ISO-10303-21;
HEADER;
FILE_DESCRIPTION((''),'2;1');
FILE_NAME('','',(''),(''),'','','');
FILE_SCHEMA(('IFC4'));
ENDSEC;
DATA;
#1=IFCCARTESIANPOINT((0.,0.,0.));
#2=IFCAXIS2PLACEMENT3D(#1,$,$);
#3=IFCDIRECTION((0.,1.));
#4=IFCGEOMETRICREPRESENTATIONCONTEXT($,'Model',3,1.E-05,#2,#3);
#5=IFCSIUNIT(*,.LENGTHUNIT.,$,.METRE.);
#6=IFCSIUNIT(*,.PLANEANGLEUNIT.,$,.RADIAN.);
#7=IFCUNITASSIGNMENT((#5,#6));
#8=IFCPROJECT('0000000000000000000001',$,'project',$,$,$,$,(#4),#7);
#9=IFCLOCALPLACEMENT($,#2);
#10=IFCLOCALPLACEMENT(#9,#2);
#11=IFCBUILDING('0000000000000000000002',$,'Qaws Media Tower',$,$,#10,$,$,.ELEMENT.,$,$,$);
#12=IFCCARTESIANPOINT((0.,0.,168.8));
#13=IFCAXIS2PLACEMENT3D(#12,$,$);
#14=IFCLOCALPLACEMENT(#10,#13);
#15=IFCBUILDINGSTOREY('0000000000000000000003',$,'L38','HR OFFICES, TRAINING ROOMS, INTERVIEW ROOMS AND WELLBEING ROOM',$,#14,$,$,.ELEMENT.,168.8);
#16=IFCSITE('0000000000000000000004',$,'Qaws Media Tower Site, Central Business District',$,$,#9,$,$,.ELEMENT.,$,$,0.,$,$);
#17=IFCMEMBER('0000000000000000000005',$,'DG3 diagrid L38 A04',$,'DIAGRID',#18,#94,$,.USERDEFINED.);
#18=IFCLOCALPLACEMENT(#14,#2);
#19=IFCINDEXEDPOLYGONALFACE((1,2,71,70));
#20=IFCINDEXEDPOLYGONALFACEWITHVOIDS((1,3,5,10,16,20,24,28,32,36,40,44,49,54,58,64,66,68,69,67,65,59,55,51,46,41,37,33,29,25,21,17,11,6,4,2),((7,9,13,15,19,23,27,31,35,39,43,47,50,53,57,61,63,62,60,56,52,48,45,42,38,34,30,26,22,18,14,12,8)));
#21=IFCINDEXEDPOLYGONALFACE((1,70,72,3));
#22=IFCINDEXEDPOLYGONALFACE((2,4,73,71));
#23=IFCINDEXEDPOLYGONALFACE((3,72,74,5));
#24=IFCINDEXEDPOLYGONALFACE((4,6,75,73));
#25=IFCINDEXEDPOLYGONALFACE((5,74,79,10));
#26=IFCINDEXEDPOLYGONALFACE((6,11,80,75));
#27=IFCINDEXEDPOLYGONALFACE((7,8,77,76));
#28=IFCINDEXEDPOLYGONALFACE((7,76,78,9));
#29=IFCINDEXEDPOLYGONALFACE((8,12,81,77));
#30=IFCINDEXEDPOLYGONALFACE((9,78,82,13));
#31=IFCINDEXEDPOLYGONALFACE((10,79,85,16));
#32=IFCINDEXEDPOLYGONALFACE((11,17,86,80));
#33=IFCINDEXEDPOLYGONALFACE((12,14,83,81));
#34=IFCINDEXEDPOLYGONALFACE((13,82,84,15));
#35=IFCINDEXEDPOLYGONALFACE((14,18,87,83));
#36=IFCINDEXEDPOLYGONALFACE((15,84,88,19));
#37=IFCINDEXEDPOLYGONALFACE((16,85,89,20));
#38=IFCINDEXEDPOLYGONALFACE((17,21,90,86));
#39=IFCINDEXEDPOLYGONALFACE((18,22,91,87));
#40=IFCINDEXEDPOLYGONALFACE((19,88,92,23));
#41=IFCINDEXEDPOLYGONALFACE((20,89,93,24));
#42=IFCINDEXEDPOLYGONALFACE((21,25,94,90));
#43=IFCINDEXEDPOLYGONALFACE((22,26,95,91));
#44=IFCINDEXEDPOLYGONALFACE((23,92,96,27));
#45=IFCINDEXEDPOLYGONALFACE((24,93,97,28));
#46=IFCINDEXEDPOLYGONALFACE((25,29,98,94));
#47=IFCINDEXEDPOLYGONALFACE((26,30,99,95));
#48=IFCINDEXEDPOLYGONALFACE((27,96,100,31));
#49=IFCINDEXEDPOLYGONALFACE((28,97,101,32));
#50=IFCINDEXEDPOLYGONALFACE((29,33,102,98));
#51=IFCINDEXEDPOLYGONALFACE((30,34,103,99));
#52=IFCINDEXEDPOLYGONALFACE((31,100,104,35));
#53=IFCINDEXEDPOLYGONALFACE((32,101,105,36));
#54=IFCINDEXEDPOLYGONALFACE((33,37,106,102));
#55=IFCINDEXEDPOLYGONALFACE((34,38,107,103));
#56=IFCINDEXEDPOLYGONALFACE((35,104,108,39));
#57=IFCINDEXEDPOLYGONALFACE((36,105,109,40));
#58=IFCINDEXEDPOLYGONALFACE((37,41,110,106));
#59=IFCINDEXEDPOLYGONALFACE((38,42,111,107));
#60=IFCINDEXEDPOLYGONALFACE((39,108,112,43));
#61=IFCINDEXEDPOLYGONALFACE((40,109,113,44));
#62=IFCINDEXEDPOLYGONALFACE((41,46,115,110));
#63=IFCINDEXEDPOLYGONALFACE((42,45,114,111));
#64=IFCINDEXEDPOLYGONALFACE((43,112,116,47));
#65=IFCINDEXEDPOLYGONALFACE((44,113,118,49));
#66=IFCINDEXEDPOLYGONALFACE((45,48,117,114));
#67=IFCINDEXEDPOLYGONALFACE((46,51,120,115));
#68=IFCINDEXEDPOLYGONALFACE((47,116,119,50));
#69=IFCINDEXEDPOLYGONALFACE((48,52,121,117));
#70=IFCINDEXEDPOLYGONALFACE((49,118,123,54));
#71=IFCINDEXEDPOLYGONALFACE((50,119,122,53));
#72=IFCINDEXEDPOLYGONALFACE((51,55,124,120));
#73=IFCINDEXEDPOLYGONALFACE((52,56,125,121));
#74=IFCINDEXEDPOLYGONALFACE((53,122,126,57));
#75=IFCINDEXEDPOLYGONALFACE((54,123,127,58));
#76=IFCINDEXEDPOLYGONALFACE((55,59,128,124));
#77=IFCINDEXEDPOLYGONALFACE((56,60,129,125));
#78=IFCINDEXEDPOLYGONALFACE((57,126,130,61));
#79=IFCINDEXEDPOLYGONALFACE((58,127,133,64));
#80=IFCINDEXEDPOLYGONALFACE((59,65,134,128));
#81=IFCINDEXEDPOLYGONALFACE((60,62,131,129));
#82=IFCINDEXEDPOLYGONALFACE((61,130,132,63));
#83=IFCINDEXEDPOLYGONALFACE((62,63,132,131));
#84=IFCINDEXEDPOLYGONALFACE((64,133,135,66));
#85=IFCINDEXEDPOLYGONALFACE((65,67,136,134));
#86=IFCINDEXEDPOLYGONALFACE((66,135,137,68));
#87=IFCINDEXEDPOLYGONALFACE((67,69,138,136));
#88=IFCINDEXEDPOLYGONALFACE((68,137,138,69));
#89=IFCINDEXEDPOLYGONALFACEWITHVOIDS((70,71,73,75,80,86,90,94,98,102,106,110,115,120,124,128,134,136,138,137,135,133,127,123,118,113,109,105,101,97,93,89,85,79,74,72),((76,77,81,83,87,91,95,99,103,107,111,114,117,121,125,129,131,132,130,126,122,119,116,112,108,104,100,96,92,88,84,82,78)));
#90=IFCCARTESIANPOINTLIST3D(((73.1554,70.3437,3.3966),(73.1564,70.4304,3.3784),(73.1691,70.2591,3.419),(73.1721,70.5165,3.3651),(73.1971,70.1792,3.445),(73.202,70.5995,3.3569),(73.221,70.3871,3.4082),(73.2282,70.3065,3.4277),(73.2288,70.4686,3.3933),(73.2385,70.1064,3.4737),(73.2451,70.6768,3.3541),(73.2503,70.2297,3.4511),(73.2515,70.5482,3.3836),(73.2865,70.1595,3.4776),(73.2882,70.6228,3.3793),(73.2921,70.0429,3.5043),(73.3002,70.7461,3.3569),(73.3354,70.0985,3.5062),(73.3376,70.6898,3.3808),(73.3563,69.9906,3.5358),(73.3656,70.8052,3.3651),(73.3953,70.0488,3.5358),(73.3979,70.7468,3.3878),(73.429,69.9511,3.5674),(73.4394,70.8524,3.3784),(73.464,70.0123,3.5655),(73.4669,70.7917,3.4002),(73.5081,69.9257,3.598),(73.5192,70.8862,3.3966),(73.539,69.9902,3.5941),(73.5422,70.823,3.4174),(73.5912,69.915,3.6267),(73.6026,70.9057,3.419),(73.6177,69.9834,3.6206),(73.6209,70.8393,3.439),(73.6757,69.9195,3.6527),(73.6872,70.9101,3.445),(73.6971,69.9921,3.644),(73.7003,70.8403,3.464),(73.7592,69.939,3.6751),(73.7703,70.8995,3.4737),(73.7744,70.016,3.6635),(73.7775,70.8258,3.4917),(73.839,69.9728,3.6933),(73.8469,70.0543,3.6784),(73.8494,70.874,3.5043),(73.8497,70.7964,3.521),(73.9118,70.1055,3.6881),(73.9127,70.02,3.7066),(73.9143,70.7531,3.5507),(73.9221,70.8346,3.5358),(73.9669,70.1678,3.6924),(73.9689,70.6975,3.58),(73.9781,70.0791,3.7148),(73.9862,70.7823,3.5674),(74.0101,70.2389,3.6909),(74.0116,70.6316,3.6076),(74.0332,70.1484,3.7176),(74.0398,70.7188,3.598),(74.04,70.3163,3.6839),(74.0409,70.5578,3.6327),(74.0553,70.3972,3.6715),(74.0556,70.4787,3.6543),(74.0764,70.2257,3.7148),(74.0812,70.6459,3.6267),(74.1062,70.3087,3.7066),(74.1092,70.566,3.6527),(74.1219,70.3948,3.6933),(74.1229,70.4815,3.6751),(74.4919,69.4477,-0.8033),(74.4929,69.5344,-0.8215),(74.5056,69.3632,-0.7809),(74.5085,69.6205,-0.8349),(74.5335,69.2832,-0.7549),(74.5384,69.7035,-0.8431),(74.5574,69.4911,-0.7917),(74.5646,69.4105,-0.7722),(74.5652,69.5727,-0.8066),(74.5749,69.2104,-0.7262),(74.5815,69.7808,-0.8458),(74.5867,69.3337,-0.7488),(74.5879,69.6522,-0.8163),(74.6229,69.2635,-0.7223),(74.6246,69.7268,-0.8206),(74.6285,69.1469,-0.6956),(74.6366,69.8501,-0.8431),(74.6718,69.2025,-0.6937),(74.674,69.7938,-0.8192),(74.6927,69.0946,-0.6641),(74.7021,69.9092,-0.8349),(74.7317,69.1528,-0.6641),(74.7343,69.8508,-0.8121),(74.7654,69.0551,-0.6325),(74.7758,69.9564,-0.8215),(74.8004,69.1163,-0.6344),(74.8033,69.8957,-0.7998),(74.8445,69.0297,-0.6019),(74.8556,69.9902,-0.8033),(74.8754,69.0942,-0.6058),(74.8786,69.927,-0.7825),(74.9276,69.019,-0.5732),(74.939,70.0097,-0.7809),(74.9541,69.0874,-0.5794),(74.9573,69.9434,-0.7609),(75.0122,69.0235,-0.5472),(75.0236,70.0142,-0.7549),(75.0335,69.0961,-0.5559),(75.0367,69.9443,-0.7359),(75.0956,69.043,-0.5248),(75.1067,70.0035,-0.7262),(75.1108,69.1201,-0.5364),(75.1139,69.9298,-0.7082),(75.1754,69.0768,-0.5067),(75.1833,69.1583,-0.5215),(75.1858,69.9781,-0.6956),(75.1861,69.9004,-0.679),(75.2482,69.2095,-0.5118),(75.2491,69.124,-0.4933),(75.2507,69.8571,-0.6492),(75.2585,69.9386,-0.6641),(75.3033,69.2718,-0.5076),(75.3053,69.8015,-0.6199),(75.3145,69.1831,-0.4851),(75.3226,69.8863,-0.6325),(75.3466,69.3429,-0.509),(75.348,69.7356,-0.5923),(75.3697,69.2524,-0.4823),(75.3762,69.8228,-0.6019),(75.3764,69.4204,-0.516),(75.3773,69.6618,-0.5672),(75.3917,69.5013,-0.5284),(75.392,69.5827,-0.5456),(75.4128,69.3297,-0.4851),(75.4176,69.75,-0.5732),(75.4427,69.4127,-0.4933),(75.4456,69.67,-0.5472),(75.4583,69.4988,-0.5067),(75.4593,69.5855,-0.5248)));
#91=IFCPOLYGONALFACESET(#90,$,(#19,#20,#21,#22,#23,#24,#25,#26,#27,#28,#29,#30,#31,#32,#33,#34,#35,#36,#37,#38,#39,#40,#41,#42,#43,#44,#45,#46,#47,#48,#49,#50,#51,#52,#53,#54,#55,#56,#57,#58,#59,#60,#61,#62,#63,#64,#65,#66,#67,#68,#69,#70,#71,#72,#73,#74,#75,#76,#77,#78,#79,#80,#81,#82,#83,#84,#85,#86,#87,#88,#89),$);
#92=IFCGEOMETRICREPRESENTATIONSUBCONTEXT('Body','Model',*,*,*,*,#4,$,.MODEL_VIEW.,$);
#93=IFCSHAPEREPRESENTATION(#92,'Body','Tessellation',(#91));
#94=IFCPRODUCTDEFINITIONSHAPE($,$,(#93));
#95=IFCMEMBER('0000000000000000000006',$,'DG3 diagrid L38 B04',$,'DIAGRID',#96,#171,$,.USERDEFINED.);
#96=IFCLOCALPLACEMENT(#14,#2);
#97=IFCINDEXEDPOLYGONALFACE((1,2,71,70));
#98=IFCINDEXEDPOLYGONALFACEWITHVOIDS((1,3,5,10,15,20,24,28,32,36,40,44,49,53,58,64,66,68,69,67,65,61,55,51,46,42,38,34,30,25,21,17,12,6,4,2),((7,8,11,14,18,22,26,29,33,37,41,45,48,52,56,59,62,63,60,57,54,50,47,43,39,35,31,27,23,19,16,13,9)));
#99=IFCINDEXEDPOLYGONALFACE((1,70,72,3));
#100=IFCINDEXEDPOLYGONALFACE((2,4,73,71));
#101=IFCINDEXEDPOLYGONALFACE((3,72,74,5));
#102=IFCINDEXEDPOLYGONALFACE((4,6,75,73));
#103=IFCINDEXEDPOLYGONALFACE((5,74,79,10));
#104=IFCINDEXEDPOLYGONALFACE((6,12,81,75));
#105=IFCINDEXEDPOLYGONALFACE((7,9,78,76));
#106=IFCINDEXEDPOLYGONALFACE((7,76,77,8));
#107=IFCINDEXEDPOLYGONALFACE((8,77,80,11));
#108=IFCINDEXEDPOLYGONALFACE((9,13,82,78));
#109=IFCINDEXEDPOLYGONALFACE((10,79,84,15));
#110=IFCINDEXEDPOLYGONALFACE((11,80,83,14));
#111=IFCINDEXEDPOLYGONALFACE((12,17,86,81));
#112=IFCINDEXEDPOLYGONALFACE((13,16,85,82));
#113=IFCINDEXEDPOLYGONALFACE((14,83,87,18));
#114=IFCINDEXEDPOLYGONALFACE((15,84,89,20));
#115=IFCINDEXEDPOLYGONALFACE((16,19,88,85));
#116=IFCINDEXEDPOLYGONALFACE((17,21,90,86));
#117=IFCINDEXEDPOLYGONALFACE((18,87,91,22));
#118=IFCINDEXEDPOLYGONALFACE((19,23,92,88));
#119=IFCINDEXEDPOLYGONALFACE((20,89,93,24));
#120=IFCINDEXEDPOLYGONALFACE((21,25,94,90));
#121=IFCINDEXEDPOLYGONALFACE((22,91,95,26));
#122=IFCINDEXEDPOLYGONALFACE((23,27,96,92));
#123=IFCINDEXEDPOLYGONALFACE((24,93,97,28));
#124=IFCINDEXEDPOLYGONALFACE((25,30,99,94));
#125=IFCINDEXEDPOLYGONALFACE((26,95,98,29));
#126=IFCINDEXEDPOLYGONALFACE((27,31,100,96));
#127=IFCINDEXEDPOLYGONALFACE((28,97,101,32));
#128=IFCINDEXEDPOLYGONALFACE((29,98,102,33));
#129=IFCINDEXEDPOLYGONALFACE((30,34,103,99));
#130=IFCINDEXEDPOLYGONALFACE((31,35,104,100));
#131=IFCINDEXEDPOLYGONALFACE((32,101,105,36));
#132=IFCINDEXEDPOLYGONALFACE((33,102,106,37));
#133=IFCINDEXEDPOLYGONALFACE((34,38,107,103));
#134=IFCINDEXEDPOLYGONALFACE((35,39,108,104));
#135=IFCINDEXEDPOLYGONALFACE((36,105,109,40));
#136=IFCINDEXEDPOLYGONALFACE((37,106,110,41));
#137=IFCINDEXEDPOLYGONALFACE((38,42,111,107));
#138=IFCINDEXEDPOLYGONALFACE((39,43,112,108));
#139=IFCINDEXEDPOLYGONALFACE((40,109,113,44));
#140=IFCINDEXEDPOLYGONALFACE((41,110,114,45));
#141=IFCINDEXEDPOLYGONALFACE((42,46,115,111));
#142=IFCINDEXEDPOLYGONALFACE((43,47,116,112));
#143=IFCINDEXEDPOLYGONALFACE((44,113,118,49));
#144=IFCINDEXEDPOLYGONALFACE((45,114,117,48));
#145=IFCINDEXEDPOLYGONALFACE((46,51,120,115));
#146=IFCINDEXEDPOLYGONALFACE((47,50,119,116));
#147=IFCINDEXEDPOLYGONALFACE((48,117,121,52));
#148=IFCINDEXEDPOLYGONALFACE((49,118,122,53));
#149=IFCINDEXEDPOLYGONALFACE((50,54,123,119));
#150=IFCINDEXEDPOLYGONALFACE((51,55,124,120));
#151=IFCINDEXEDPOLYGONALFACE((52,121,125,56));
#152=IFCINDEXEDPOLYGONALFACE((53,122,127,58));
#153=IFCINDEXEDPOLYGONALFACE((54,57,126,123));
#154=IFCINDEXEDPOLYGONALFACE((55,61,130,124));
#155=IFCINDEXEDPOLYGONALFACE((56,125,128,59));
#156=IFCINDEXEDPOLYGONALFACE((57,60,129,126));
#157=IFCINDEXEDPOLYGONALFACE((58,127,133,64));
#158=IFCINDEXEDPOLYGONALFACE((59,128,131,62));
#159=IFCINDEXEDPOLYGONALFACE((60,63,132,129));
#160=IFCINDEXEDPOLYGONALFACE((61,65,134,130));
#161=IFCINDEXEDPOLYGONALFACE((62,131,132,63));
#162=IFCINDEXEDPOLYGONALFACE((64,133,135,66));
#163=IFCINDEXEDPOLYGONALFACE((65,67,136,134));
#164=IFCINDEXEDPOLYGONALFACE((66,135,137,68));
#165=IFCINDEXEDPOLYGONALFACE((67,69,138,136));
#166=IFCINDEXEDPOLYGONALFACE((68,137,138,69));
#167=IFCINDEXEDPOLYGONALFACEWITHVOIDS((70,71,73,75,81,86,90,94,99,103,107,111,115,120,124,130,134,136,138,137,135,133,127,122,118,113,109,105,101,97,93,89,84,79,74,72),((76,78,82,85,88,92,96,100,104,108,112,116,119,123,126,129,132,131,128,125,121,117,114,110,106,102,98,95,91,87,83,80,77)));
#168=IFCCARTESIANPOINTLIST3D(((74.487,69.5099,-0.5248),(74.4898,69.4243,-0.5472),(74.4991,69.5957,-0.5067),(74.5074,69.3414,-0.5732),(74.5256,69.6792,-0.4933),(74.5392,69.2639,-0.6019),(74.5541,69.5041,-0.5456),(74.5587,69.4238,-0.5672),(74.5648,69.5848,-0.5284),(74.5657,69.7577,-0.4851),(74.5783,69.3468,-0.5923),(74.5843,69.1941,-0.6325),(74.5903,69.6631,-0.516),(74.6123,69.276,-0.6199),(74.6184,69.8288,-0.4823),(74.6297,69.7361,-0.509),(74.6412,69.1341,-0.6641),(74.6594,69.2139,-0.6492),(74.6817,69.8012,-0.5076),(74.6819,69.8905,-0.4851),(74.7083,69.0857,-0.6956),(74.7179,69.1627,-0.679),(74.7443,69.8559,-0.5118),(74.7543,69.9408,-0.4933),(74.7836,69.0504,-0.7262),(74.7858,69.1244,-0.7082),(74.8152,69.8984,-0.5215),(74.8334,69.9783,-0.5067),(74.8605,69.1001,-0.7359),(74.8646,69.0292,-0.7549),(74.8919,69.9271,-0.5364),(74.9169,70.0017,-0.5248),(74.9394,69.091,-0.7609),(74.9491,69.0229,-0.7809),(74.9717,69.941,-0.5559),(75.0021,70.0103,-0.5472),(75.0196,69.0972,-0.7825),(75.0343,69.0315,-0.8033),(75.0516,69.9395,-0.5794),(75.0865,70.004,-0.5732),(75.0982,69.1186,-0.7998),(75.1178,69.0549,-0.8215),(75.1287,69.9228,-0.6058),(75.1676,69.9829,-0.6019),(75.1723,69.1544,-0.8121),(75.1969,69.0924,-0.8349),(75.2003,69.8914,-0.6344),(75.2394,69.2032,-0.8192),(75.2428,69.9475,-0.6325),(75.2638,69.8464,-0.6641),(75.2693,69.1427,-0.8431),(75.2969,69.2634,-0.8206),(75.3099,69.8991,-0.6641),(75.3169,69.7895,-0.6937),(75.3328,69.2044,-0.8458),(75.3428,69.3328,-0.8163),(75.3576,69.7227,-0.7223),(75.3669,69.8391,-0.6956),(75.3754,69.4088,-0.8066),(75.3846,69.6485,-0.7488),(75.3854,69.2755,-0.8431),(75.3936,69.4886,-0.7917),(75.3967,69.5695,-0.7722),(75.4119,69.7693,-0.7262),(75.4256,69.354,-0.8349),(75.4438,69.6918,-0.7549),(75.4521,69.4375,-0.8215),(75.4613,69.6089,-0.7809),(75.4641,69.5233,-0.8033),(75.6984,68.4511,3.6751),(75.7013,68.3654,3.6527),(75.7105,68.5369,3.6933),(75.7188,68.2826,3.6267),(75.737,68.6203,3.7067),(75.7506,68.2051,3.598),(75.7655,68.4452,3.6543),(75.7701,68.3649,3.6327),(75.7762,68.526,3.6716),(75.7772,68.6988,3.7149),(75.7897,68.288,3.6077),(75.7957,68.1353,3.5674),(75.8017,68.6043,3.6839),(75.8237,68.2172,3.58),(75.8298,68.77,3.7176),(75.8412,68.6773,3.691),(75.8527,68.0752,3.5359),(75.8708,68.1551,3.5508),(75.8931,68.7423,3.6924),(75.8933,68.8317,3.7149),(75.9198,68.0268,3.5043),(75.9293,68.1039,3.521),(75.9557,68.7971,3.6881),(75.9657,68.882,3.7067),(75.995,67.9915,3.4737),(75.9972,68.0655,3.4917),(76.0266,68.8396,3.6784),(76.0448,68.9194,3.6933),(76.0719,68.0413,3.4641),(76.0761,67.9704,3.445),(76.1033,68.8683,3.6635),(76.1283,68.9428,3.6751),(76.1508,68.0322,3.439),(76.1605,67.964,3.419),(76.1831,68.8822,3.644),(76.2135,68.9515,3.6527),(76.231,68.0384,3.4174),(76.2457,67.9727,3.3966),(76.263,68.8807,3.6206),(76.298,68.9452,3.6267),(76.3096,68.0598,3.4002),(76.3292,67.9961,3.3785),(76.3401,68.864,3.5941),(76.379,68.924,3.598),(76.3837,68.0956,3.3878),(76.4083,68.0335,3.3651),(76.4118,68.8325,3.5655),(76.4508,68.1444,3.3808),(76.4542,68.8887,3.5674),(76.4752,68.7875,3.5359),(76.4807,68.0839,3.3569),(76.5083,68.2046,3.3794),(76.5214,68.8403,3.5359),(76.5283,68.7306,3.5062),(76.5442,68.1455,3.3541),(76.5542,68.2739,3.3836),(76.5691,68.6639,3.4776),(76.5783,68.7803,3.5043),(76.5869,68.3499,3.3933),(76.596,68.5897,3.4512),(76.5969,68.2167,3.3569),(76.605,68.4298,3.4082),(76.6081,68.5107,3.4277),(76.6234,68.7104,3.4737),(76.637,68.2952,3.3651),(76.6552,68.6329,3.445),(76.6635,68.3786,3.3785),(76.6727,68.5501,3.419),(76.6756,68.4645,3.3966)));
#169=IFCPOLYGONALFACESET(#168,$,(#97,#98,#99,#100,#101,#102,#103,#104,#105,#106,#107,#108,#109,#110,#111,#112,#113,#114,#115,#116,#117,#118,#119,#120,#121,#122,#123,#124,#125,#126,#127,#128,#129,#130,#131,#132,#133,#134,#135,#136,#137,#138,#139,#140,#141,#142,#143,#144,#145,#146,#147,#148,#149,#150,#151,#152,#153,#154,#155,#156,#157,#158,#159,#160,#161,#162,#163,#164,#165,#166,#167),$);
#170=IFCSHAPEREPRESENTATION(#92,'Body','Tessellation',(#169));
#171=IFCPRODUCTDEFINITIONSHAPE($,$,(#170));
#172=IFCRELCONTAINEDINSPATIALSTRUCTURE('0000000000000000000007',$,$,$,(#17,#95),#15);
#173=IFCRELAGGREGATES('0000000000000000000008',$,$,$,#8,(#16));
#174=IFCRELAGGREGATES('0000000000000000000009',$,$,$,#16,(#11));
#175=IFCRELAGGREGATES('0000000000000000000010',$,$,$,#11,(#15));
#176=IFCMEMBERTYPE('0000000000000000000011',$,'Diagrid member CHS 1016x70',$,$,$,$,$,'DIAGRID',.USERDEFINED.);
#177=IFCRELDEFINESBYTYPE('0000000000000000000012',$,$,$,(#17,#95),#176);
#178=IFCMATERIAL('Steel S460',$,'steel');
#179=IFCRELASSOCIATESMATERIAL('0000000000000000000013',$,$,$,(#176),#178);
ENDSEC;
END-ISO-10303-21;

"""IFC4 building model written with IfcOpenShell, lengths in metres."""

from ifc_helpers import new_model, si_unit, direction, frame, origin, origin_2d, place, context, subcontext, project, spatial, hollow_circle, extrude, material, material_profile, profile_set, type_object, element, save


model = new_model("IFC4")

# Units and contexts
model_context = context("Model", 3, precision=1e-05, world=origin(), true_north=direction((0.0, 1.0)))
body_context = subcontext(model_context, "Body", "Model", "MODEL_VIEW")
ifc_project = project(units=[si_unit("LENGTHUNIT", "METRE"), si_unit("PLANEANGLEUNIT", "RADIAN")], contexts=[model_context])

# Site, building, storey
site_placement = place(None, origin())
site = spatial("IfcSite", under=ifc_project, at=site_placement, Name="Qaws Media Tower Site, Central Business District", CompositionType="ELEMENT", RefElevation=0.0)
building_placement = place(site_placement, origin())
building = spatial("IfcBuilding", under=site, at=building_placement, Name="Qaws Media Tower", CompositionType="ELEMENT")
storey_placement = place(building_placement, frame((0.0, 0.0, 168.8)))
storey = spatial("IfcBuildingStorey", under=building, at=storey_placement, Name="L38", Description="HR OFFICES, TRAINING ROOMS, INTERVIEW ROOMS AND WELLBEING ROOM", CompositionType="ELEMENT", Elevation=168.8)

# Members
ifc_material_1 = material(Name="Steel S460", Category="steel")
ifc_material_profile_1 = material_profile(ifc_material_1, hollow_circle(Radius=0.5081, WallThickness=0.0701, at=origin_2d()), Name="CHS 1016x70")
ifc_profile_set_1 = profile_set([ifc_material_profile_1], Name="Steel S460")
member_type_1 = type_object("IfcMemberType", Name="Diagrid member CHS 1016x70", ElementType="DIAGRID", PredefinedType="USERDEFINED", material=ifc_profile_set_1)
for number, where, z_axis, x_axis, name in (
    (1, (74.9756, 69.5166, -0.6641), (-0.297142, 0.199216, 0.93382), (-0.556869, -0.8306, 0.0), "DG3 diagrid L38 A04"),
    (2, (74.9756, 69.5166, -0.6641), (0.26935, -0.235424, 0.933823), (0.658096, 0.752934, 0.0), "DG3 diagrid L38 B04"),
):
    element("IfcMember", number, at=place(storey_placement, frame(where, z_axis=z_axis, x_axis=x_axis)), inside=storey, type_object=member_type_1, Name=name, ObjectType="DIAGRID", PredefinedType="USERDEFINED", context=body_context, shape_type="SweptSolid", body=[
        extrude(hollow_circle(Radius=0.5081, WallThickness=0.0701, at=origin_2d()), origin(), (0.0, 0.0, 1.0), 4.4976),
    ])

save(model, "model.ifc")
